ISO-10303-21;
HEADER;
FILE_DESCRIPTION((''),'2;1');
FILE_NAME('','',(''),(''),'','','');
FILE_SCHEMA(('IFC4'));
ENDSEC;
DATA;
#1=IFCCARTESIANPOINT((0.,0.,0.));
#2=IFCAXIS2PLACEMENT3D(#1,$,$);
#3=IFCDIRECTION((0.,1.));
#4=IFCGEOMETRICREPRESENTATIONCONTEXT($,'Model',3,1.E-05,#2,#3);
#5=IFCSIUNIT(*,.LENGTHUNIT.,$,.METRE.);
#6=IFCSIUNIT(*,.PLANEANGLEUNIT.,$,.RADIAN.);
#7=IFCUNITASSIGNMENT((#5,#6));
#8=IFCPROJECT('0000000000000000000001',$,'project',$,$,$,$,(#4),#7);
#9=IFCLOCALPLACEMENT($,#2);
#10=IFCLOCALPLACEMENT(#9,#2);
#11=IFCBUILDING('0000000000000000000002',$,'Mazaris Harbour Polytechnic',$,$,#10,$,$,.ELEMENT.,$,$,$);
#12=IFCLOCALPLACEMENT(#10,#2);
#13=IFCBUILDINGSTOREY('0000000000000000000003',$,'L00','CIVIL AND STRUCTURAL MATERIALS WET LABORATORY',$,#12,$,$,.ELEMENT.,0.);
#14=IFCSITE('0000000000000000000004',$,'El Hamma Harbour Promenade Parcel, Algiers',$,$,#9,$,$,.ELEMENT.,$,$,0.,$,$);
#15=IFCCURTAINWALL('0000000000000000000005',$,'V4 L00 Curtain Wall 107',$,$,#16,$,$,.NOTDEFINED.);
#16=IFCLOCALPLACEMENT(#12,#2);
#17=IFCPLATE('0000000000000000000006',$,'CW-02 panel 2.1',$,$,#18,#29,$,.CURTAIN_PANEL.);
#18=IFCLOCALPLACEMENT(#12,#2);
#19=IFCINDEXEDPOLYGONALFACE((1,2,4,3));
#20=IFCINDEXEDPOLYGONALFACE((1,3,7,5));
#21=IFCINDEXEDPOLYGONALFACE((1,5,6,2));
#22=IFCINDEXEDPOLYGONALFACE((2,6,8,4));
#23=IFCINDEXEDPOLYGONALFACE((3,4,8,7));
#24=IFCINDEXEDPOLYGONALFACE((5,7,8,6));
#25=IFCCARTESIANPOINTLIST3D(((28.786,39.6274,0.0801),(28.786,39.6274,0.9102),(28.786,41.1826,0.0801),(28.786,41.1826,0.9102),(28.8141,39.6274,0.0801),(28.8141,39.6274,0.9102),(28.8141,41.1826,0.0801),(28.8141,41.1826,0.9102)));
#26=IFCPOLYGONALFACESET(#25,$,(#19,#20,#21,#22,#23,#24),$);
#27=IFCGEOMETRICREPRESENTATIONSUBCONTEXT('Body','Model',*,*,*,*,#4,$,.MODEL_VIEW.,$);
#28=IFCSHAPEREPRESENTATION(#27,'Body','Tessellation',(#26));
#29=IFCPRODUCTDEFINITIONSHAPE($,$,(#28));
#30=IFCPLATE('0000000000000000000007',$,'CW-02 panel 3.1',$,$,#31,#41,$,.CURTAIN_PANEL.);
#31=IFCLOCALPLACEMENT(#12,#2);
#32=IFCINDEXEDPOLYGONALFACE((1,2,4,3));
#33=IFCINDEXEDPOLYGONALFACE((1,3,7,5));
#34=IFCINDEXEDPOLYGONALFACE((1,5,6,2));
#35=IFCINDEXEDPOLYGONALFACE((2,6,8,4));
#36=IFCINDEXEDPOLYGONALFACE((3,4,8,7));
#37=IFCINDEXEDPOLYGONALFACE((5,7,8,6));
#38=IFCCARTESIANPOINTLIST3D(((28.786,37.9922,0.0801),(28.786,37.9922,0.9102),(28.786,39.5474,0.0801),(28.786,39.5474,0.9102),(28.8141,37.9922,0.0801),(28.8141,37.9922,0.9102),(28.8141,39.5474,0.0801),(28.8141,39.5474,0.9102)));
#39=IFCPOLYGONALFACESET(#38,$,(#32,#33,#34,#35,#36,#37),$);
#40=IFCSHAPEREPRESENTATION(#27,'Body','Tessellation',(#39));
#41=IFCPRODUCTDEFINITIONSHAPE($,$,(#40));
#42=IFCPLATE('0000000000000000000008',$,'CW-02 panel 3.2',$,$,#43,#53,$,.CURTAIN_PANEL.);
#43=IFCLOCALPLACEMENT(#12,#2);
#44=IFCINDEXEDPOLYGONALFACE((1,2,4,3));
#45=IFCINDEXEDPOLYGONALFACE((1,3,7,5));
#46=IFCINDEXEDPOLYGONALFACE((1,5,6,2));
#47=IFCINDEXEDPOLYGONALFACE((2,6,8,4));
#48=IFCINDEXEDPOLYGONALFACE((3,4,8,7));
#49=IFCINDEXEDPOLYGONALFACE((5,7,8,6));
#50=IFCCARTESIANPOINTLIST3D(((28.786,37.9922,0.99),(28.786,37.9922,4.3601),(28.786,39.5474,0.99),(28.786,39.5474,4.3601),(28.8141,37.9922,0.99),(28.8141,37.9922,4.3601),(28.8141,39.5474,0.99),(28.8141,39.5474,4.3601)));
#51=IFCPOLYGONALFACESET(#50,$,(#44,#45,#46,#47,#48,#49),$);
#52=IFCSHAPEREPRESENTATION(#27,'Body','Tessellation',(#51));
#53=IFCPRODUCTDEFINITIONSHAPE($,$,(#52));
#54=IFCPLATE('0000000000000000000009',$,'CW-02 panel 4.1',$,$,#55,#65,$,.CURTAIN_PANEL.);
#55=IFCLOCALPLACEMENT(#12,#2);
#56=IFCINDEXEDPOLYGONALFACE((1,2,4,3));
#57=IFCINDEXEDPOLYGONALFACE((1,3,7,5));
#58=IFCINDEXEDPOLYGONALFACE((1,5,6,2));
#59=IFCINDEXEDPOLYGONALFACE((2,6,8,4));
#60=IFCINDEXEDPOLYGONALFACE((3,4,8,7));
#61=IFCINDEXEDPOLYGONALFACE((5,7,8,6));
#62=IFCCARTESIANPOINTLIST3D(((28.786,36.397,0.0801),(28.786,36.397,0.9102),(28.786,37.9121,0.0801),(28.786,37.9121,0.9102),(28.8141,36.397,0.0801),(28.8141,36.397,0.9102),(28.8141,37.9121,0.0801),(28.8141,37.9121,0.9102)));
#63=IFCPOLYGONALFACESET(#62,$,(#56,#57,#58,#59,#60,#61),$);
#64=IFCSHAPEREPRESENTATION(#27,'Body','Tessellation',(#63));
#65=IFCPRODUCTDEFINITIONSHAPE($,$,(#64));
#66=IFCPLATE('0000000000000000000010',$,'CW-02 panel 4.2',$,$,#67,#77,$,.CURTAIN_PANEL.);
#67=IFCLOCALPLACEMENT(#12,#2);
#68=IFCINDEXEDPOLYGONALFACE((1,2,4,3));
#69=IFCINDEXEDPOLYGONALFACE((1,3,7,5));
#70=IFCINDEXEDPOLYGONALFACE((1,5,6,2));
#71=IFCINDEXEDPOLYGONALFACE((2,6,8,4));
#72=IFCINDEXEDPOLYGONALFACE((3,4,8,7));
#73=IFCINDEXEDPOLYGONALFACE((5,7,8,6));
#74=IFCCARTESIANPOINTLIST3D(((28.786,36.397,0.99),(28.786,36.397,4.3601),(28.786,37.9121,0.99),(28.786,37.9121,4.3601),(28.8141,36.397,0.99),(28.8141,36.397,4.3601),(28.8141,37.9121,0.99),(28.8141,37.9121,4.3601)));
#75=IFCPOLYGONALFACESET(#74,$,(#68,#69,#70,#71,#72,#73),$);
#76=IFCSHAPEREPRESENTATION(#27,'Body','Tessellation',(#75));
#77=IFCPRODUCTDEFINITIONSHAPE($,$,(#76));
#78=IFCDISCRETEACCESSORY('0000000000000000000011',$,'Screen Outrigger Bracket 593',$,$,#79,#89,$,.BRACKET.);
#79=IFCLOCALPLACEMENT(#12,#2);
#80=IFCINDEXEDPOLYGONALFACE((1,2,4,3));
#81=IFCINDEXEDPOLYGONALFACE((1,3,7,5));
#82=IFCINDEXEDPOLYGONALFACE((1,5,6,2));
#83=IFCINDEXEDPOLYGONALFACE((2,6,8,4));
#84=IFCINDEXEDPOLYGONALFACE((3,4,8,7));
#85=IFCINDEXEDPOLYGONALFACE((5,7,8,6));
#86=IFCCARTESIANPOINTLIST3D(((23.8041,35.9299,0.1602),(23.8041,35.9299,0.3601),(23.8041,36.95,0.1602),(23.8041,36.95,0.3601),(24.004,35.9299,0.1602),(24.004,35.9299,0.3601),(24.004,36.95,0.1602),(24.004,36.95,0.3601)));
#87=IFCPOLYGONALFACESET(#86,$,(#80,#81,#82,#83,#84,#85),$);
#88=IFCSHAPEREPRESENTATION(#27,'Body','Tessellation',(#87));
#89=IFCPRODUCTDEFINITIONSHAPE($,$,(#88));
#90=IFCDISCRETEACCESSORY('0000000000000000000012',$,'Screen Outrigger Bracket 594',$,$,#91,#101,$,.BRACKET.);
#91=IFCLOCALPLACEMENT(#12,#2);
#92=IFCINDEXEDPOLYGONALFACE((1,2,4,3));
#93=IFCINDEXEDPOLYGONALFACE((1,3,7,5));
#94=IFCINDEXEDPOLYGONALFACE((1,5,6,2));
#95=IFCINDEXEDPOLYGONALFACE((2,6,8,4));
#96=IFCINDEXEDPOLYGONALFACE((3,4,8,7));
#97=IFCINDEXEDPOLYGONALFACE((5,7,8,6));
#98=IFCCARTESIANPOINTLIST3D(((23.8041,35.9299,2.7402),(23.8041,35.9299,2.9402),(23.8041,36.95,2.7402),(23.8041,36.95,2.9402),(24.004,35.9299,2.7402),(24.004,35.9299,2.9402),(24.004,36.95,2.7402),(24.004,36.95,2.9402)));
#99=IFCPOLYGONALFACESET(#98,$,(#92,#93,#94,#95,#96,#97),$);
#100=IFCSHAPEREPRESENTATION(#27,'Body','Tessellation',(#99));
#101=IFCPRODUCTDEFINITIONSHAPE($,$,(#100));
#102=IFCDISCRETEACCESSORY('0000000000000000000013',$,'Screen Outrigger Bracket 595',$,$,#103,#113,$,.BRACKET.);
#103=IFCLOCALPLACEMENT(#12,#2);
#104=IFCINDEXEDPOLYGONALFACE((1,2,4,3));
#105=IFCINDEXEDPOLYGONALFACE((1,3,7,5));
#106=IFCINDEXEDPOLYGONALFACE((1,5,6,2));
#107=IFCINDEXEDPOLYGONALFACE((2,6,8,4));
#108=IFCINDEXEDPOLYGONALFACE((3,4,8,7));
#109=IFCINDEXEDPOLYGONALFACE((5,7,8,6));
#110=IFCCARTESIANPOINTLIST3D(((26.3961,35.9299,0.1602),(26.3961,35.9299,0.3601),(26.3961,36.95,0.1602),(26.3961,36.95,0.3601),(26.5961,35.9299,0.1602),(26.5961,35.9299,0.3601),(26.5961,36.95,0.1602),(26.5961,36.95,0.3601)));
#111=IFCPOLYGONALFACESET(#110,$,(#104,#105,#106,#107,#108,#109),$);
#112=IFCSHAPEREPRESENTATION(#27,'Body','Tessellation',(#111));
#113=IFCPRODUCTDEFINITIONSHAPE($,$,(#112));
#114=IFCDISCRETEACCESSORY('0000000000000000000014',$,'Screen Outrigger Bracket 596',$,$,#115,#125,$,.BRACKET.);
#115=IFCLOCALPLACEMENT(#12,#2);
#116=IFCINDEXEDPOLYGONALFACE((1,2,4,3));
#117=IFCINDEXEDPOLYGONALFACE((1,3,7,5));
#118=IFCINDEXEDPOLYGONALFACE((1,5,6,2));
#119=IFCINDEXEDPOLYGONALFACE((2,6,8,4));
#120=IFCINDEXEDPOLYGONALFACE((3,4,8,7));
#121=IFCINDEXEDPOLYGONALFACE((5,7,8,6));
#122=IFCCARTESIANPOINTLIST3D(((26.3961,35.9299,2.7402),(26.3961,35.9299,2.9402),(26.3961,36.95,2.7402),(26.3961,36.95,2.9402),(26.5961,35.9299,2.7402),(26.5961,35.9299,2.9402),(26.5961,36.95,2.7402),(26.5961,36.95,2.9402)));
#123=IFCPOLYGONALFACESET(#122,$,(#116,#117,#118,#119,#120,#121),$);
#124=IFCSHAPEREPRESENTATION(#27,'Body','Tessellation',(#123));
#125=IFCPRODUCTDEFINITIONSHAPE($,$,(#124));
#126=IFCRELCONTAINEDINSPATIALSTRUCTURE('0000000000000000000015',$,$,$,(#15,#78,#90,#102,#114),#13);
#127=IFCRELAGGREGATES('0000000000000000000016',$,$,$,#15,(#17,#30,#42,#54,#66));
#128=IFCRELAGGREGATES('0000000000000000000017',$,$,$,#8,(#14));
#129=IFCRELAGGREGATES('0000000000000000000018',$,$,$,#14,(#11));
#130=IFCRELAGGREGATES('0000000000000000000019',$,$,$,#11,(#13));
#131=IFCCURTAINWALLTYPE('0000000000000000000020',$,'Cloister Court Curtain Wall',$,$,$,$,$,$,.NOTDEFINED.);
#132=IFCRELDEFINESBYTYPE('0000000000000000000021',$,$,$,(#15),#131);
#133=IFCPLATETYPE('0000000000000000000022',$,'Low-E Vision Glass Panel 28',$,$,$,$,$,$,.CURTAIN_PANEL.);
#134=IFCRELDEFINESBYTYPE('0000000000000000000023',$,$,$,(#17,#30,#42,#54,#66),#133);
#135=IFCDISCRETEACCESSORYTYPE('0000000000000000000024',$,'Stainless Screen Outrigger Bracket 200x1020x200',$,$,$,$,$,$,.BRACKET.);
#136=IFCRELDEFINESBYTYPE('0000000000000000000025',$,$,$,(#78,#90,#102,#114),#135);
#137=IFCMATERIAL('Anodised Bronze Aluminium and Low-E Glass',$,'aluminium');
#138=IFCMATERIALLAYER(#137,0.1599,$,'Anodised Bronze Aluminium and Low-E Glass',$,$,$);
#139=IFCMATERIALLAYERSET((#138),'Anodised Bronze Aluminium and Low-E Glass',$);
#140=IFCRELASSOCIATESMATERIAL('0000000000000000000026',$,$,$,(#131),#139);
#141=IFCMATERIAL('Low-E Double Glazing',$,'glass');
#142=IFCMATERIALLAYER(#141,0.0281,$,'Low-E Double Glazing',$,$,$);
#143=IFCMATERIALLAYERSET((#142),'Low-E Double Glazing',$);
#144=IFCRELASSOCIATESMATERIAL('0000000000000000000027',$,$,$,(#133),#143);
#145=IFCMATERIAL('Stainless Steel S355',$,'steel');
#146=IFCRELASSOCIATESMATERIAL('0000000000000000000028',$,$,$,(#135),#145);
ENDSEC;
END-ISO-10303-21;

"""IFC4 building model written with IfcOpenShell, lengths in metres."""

from ifc_helpers import new_model, si_unit, direction, frame, origin, origin_2d, place, context, subcontext, project, spatial, rectangle, extrude, material, layer, layer_set, type_object, element, aggregate, save


model = new_model("IFC4")

# Units and contexts
model_context = context("Model", 3, precision=1e-05, world=origin(), true_north=direction((0.0, 1.0)))
body_context = subcontext(model_context, "Body", "Model", "MODEL_VIEW")
ifc_project = project(units=[si_unit("LENGTHUNIT", "METRE"), si_unit("PLANEANGLEUNIT", "RADIAN")], contexts=[model_context])

# Site, building, storey
site_placement = place(None, origin())
site = spatial("IfcSite", under=ifc_project, at=site_placement, Name="El Hamma Harbour Promenade Parcel, Algiers", CompositionType="ELEMENT", RefElevation=0.0)
building_placement = place(site_placement, origin())
building = spatial("IfcBuilding", under=site, at=building_placement, Name="Mazaris Harbour Polytechnic", CompositionType="ELEMENT")
storey_placement = place(building_placement, origin())
storey = spatial("IfcBuildingStorey", under=building, at=storey_placement, Name="L00", Description="CIVIL AND STRUCTURAL MATERIALS WET LABORATORY", CompositionType="ELEMENT", Elevation=0.0)

# Shared definitions
ifc_material_1 = material(Name="Anodised Bronze Aluminium and Low-E Glass", Category="aluminium")
ifc_layer_1 = layer(ifc_material_1, 0.1599, Name="Anodised Bronze Aluminium and Low-E Glass")
ifc_layer_set_1 = layer_set([ifc_layer_1], Name="Anodised Bronze Aluminium and Low-E Glass")
curtain_wall_type = type_object("IfcCurtainWallType", Name="Cloister Court Curtain Wall", PredefinedType="NOTDEFINED", material=ifc_layer_set_1)

# Curtain wall
curtain_wall_1_placement = place(storey_placement, origin())
curtain_wall_1 = element("IfcCurtainWall", 1, at=curtain_wall_1_placement, inside=storey, type_object=curtain_wall_type, Name="V4 L00 Curtain Wall 107", PredefinedType="NOTDEFINED")

# Plates
ifc_material_2 = material(Name="Low-E Double Glazing", Category="glass")
ifc_layer_2 = layer(ifc_material_2, 0.0281, Name="Low-E Double Glazing")
ifc_layer_set_2 = layer_set([ifc_layer_2], Name="Low-E Double Glazing")
plate_type = type_object("IfcPlateType", Name="Low-E Vision Glass Panel 28", PredefinedType="CURTAIN_PANEL", material=ifc_layer_set_2)
plate_1_placement = place(storey_placement, frame((28.8, 40.405, 0.0801), z_axis=(0.0, 0.0, 1.0), x_axis=(0.0, -1.0, 0.0)))
plate_1 = element("IfcPlate", 2, at=plate_1_placement, type_object=plate_type, Name="CW-02 panel 2.1", PredefinedType="CURTAIN_PANEL", context=body_context, shape_type="SweptSolid", body=[
    extrude(rectangle(XDim=1.5552, YDim=0.0281, at=origin_2d()), origin(), (0.0, 0.0, 1.0), 0.8301),
])
plate_2_placement = place(storey_placement, frame((28.8, 38.7698, 0.0801), z_axis=(0.0, 0.0, 1.0), x_axis=(0.0, -1.0, 0.0)))
plate_2 = element("IfcPlate", 3, at=plate_2_placement, type_object=plate_type, Name="CW-02 panel 3.1", PredefinedType="CURTAIN_PANEL", context=body_context, shape_type="SweptSolid", body=[
    extrude(rectangle(XDim=1.5552, YDim=0.0281, at=origin_2d()), origin(), (0.0, 0.0, 1.0), 0.8301),
])
plate_3_placement = place(storey_placement, frame((28.8, 38.7698, 0.99), z_axis=(0.0, 0.0, 1.0), x_axis=(0.0, -1.0, 0.0)))
plate_3 = element("IfcPlate", 4, at=plate_3_placement, type_object=plate_type, Name="CW-02 panel 3.2", PredefinedType="CURTAIN_PANEL", context=body_context, shape_type="SweptSolid", body=[
    extrude(rectangle(XDim=1.5552, YDim=0.0281, at=origin_2d()), origin(), (0.0, 0.0, 1.0), 3.3701),
])
plate_4_placement = place(storey_placement, frame((28.8, 37.1545, 0.0801), z_axis=(0.0, 0.0, 1.0), x_axis=(0.0, -1.0, 0.0)))
plate_4 = element("IfcPlate", 5, at=plate_4_placement, type_object=plate_type, Name="CW-02 panel 4.1", PredefinedType="CURTAIN_PANEL", context=body_context, shape_type="SweptSolid", body=[
    extrude(rectangle(XDim=1.5151, YDim=0.0281, at=origin_2d()), origin(), (0.0, 0.0, 1.0), 0.8301),
])
plate_5_placement = place(storey_placement, frame((28.8, 37.1545, 0.99), z_axis=(0.0, 0.0, 1.0), x_axis=(0.0, -1.0, 0.0)))
plate_5 = element("IfcPlate", 6, at=plate_5_placement, type_object=plate_type, Name="CW-02 panel 4.2", PredefinedType="CURTAIN_PANEL", context=body_context, shape_type="SweptSolid", body=[
    extrude(rectangle(XDim=1.5151, YDim=0.0281, at=origin_2d()), origin(), (0.0, 0.0, 1.0), 3.3701),
])
aggregate(curtain_wall_1, [plate_1, plate_2, plate_3, plate_4, plate_5])

# Discrete accessories
ifc_material_3 = material(Name="Stainless Steel S355", Category="steel")
discrete_accessory_type = type_object("IfcDiscreteAccessoryType", Name="Stainless Screen Outrigger Bracket 200x1020x200", PredefinedType="BRACKET", material=ifc_material_3)
for number, where, z_axis, x_axis, name in (
    (7, (23.9041, 36.4399, 0.1602), (0.0, 0.0, 1.0), (1.0, 0.0, 0.0), "Screen Outrigger Bracket 593"),
    (8, (23.9041, 36.4399, 2.7402), (0.0, 0.0, 1.0), (1.0, 0.0, 0.0), "Screen Outrigger Bracket 594"),
    (9, (26.4961, 36.4399, 0.1602), (0.0, 0.0, 1.0), (1.0, 0.0, 0.0), "Screen Outrigger Bracket 595"),
    (10, (26.4961, 36.4399, 2.7402), (0.0, 0.0, 1.0), (1.0, 0.0, 0.0), "Screen Outrigger Bracket 596"),
):
    element("IfcDiscreteAccessory", number, at=place(storey_placement, frame(where, z_axis=z_axis, x_axis=x_axis)), inside=storey, type_object=discrete_accessory_type, Name=name, PredefinedType="BRACKET", context=body_context, shape_type="SweptSolid", body=[
        extrude(rectangle(XDim=0.2, YDim=1.02, at=origin_2d()), origin(), (0.0, 0.0, 1.0), 0.2),
    ])

save(model, "model.ifc")
